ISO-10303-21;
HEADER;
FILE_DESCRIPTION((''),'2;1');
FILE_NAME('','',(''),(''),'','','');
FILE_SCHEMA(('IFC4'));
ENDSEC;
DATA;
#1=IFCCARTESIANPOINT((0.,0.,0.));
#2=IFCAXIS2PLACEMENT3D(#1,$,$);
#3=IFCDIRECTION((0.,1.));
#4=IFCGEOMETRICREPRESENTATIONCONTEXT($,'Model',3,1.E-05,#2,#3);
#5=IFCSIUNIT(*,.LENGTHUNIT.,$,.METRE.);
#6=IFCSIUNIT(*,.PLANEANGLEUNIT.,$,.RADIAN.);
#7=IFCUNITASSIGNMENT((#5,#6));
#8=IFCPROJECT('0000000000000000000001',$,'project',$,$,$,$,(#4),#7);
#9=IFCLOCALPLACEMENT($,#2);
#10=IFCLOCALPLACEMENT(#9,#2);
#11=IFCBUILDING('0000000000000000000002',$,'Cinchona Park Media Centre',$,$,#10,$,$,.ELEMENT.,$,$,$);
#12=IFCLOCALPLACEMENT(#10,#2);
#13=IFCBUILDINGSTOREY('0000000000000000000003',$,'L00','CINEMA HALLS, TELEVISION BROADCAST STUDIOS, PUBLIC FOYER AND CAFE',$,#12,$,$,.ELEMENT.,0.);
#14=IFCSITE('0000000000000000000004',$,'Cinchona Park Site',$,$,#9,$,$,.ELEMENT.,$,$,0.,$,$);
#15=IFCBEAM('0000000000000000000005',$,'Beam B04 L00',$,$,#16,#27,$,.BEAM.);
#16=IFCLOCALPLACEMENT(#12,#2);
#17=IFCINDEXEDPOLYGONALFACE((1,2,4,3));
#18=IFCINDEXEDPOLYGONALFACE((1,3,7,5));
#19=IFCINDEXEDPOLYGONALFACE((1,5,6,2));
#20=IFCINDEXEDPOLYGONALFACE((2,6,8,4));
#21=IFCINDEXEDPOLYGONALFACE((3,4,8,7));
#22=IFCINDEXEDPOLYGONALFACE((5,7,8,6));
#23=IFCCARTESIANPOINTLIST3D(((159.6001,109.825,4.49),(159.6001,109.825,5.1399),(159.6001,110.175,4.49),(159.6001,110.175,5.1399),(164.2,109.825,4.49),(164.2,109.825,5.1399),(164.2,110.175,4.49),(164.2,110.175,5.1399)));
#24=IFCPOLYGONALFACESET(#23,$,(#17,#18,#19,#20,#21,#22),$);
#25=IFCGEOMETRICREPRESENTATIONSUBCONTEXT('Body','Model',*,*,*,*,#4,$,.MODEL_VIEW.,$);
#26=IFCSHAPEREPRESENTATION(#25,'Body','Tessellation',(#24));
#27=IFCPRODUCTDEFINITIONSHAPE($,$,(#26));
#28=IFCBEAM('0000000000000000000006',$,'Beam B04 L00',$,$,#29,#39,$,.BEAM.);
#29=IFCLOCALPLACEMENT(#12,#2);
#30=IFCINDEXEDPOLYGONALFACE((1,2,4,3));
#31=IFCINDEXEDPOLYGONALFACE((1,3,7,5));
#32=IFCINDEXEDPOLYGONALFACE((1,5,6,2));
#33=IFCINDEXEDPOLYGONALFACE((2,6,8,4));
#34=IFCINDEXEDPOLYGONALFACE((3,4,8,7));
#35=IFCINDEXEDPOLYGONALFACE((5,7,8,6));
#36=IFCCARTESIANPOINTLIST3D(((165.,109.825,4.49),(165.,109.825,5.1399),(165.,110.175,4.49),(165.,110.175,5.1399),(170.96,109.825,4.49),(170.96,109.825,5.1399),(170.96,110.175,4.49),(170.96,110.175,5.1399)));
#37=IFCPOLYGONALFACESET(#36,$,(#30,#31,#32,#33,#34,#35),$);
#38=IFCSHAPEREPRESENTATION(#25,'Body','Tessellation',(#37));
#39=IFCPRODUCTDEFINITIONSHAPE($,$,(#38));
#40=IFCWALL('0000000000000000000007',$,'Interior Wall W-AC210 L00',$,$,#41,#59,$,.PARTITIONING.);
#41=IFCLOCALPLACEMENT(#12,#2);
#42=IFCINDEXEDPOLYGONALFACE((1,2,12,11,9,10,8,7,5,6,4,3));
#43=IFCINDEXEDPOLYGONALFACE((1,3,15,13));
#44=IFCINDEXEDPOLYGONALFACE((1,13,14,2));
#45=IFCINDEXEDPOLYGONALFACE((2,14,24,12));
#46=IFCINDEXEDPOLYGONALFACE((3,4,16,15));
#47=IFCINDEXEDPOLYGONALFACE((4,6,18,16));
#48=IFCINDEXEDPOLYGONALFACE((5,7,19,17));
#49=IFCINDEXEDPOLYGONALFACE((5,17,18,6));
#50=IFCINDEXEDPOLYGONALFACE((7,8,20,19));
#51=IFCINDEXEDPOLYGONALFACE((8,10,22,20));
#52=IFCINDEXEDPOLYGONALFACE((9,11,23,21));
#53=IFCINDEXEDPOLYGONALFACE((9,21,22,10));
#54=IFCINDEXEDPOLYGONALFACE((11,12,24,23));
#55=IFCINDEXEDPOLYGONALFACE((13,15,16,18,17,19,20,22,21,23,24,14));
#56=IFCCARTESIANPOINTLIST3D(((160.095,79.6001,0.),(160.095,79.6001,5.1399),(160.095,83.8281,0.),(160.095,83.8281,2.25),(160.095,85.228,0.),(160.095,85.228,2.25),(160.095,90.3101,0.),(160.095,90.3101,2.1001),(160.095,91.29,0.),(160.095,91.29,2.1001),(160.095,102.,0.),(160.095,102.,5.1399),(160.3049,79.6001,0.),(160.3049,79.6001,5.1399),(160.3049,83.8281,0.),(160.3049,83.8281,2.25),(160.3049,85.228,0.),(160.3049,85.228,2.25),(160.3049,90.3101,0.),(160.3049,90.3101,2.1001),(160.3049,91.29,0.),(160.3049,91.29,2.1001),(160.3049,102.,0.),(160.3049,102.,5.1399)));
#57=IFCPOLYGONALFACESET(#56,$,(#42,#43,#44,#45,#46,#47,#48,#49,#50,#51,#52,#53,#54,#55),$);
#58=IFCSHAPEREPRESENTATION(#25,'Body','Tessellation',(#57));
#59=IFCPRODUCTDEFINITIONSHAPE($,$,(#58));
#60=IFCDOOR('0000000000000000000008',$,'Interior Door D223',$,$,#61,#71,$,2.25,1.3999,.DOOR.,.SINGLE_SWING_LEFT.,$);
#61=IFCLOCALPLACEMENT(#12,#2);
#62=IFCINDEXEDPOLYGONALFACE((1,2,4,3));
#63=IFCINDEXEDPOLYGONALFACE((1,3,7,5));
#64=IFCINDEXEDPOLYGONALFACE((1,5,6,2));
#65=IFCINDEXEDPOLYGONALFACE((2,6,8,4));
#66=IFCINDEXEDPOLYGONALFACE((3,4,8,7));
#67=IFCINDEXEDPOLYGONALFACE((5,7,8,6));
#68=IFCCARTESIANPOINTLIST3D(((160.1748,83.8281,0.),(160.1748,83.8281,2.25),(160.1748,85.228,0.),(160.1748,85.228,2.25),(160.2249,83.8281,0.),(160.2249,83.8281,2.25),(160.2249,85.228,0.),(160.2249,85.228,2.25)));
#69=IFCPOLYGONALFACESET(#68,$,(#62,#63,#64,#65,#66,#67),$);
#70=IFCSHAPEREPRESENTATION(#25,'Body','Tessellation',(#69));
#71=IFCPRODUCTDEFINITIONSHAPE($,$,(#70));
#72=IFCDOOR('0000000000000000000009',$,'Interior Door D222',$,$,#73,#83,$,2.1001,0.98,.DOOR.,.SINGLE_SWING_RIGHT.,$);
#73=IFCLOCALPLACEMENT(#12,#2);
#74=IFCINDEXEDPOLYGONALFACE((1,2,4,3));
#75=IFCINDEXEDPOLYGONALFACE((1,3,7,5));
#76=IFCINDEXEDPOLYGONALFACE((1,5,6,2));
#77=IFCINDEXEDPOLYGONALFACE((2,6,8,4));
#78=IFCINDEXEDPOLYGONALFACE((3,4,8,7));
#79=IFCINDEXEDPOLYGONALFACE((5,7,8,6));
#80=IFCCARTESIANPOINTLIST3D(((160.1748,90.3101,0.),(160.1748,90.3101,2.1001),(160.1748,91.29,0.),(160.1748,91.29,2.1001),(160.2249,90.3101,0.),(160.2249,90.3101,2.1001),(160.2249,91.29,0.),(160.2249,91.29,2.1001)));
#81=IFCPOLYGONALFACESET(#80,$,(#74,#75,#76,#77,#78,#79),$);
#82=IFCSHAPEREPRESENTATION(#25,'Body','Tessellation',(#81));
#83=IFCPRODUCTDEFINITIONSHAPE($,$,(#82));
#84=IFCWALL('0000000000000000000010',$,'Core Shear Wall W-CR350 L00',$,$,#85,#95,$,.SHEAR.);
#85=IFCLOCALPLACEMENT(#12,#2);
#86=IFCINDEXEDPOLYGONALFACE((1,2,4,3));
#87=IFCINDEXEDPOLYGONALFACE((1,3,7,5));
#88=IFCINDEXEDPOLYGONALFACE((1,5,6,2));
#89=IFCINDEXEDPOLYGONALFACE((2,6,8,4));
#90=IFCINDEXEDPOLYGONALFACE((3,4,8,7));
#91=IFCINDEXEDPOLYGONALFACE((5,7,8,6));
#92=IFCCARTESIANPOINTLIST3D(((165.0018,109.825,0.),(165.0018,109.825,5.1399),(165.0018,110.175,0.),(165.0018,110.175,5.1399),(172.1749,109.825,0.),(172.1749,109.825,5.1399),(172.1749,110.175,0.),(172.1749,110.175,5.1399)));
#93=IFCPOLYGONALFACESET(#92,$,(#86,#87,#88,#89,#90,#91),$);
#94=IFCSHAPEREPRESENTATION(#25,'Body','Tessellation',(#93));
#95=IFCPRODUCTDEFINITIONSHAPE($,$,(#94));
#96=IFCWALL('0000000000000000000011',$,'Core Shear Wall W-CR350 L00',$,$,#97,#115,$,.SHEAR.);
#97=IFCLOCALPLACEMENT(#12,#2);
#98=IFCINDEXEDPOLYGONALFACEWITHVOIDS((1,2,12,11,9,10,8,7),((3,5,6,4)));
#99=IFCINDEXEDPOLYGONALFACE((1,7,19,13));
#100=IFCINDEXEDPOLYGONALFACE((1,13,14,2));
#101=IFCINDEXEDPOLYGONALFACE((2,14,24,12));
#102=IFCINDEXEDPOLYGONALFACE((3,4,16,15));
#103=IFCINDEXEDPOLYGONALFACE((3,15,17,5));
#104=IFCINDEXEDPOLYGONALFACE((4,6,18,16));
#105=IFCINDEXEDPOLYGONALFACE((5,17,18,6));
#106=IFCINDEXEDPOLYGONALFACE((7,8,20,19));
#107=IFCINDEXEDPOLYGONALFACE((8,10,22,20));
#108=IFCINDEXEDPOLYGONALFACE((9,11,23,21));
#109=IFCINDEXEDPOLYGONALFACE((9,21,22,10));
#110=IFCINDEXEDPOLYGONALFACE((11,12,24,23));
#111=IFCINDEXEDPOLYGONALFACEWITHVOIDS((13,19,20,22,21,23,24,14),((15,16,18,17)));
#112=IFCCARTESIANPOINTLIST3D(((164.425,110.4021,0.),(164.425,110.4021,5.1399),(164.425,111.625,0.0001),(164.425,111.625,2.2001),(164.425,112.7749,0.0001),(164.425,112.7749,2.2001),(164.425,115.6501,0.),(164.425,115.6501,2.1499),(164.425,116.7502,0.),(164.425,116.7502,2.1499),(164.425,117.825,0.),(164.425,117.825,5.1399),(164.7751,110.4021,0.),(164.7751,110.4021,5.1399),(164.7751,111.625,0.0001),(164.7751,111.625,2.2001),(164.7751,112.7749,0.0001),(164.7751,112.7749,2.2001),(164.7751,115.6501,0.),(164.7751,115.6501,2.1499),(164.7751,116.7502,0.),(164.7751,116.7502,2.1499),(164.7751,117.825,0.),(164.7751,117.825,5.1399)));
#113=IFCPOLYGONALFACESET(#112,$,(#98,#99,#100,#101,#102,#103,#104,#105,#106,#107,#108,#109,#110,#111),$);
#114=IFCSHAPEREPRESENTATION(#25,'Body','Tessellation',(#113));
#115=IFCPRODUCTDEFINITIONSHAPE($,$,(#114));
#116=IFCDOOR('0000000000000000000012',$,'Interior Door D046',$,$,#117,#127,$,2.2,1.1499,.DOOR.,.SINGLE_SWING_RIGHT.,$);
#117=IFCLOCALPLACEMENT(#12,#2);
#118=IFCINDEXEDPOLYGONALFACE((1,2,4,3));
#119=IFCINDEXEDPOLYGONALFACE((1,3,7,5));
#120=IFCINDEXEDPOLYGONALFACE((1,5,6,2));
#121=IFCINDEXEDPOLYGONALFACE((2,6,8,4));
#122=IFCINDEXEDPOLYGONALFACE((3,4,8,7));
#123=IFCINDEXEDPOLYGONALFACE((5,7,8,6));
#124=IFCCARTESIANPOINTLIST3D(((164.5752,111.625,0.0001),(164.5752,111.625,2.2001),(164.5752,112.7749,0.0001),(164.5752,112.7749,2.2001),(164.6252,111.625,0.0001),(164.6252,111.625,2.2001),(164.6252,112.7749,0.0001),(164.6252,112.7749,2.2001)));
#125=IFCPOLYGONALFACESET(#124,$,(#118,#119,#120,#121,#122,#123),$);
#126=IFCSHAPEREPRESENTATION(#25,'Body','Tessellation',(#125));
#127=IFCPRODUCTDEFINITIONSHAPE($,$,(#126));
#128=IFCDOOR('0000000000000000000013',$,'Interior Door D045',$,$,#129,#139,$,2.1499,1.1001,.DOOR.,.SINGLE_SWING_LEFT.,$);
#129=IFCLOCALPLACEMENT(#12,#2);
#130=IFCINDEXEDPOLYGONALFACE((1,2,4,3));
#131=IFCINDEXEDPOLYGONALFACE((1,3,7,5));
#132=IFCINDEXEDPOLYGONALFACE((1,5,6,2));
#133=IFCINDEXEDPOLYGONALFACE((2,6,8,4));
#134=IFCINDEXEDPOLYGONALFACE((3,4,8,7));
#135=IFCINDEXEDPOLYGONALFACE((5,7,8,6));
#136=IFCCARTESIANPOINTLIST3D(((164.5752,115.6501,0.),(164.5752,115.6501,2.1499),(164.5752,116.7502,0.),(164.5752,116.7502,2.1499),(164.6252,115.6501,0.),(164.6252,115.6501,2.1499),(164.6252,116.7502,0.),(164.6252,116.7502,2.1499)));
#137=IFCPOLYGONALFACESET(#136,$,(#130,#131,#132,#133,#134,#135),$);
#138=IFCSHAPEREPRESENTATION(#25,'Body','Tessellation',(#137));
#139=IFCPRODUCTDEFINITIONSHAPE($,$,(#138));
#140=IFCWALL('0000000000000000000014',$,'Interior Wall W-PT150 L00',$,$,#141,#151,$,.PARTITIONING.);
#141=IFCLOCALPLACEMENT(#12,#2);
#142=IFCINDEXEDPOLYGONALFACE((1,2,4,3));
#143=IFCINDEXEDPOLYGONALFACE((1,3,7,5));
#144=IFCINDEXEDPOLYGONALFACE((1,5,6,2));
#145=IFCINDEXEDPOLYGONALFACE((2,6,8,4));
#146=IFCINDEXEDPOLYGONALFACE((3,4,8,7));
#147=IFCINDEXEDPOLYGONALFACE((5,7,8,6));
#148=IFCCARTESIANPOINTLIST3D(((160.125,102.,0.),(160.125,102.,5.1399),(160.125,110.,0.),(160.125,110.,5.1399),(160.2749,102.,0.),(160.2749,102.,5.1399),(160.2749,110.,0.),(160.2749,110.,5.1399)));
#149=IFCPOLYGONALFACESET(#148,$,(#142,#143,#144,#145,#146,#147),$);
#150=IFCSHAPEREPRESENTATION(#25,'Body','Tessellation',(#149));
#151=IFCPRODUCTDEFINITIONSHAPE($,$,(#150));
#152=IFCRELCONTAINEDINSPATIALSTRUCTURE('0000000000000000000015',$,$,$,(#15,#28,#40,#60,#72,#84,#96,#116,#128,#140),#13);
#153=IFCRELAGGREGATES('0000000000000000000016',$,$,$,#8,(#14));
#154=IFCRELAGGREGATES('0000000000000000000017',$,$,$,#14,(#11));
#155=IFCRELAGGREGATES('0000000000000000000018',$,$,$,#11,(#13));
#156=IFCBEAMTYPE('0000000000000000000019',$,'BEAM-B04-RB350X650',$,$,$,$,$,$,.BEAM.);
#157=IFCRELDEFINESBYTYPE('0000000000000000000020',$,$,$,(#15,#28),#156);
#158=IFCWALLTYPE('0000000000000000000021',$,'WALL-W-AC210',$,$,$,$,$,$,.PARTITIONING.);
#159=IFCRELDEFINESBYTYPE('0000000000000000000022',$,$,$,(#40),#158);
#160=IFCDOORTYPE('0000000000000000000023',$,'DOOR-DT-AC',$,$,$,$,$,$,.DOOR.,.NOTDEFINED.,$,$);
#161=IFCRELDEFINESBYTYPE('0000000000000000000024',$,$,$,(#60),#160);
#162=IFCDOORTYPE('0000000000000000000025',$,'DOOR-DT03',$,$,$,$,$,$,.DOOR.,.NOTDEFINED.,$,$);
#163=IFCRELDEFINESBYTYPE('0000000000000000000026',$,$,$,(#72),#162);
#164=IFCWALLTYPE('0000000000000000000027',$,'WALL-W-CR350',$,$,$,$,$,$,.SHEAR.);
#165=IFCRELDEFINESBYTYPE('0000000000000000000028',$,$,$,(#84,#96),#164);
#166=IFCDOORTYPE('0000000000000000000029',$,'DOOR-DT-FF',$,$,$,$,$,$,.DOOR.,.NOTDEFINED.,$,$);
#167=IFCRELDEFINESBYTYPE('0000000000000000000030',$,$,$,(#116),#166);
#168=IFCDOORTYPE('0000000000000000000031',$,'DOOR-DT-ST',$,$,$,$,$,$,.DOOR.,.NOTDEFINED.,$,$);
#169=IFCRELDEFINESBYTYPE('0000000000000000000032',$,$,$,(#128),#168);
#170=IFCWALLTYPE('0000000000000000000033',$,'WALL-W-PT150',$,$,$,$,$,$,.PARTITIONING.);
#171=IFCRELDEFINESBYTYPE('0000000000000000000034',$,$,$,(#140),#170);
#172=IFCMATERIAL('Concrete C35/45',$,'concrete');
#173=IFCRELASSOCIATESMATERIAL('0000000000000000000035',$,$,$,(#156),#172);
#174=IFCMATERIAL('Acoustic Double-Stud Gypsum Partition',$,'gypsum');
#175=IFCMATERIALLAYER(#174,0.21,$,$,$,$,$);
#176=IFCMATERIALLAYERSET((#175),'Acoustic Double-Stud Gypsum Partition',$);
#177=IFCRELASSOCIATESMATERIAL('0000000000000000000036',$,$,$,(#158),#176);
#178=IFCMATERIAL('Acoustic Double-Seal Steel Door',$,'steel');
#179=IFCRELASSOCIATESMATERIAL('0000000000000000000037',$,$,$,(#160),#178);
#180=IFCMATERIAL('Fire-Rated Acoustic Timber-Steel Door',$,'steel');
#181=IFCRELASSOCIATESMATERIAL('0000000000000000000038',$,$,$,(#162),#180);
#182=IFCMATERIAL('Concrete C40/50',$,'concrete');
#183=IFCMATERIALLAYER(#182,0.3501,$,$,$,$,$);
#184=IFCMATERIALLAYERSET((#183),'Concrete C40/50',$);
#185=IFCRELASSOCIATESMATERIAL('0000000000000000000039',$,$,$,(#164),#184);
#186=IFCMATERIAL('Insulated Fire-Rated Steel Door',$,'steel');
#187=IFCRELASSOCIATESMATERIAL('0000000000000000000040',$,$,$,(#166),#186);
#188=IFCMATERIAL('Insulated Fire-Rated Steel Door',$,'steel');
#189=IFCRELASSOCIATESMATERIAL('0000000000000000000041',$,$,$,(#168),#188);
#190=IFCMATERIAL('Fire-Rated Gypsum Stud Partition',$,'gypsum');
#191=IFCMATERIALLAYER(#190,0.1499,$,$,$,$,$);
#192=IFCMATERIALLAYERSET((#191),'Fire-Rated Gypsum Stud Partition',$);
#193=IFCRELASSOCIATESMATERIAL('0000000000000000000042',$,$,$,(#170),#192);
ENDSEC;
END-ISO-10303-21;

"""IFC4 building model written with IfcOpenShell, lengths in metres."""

from ifc_helpers import new_model, si_unit, direction, frame, frame_2d, origin, origin_2d, place, context, subcontext, project, spatial, rectangle, extrude, material, layer, layer_set, material_profile, profile_set, type_object, element, fill, save


model = new_model("IFC4")

# Units and contexts
model_context = context("Model", 3, precision=1e-05, world=origin(), true_north=direction((0.0, 1.0)))
body_context = subcontext(model_context, "Body", "Model", "MODEL_VIEW")
ifc_project = project(units=[si_unit("LENGTHUNIT", "METRE"), si_unit("PLANEANGLEUNIT", "RADIAN")], contexts=[model_context])

# Site, building, storey
site_placement = place(None, origin())
site = spatial("IfcSite", under=ifc_project, at=site_placement, Name="Cinchona Park Site", CompositionType="ELEMENT", RefElevation=0.0)
building_placement = place(site_placement, origin())
building = spatial("IfcBuilding", under=site, at=building_placement, Name="Cinchona Park Media Centre", CompositionType="ELEMENT")
storey_placement = place(building_placement, origin())
storey = spatial("IfcBuildingStorey", under=building, at=storey_placement, Name="L00", Description="CINEMA HALLS, TELEVISION BROADCAST STUDIOS, PUBLIC FOYER AND CAFE", CompositionType="ELEMENT", Elevation=0.0)

# Beams
ifc_material_1 = material(Name="Concrete C35/45", Category="concrete")
ifc_material_profile_1 = material_profile(ifc_material_1, rectangle(XDim=0.3501, YDim=0.6499, at=origin_2d()), Name="RB 350X650")
ifc_profile_set_1 = profile_set([ifc_material_profile_1], Name="Concrete C35/45")
beam_type_1 = type_object("IfcBeamType", Name="BEAM-B04-RB350X650", PredefinedType="BEAM", material=ifc_profile_set_1)
beam_1_placement = place(storey_placement, frame((159.6001, 110.0, 4.8149), z_axis=(1.0, 0.0, 0.0), x_axis=(0.0, 1.0, 0.0)))
element("IfcBeam", 1, at=beam_1_placement, inside=storey, type_object=beam_type_1, Name="Beam B04 L00", PredefinedType="BEAM", context=body_context, shape_type="SweptSolid", body=[
    extrude(rectangle(XDim=0.3501, YDim=0.6499, at=origin_2d()), origin(), (0.0, 0.0, 1.0), 4.5999),
])
beam_2_placement = place(storey_placement, frame((165.0, 110.0, 4.8149), z_axis=(1.0, 0.0, 0.0), x_axis=(0.0, 1.0, 0.0)))
element("IfcBeam", 2, at=beam_2_placement, inside=storey, type_object=beam_type_1, Name="Beam B04 L00", PredefinedType="BEAM", context=body_context, shape_type="SweptSolid", body=[
    extrude(rectangle(XDim=0.3501, YDim=0.6499, at=origin_2d()), origin(), (0.0, 0.0, 1.0), 5.96),
])

# Wall, openings, doors
ifc_material_2 = material(Name="Acoustic Double-Stud Gypsum Partition", Category="gypsum")
ifc_layer_1 = layer(ifc_material_2, 0.21)
ifc_layer_set_1 = layer_set([ifc_layer_1], Name="Acoustic Double-Stud Gypsum Partition")
wall_type_1 = type_object("IfcWallType", Name="WALL-W-AC210", PredefinedType="PARTITIONING", material=ifc_layer_set_1)
wall_1_placement = place(storey_placement, frame((160.2, 102.0, 0.0), z_axis=(0.0, 0.0, 1.0), x_axis=(0.0, -1.0, 0.0)))
wall_1 = element("IfcWall", 3, at=wall_1_placement, inside=storey, type_object=wall_type_1, Name="Interior Wall W-AC210 L00", PredefinedType="PARTITIONING", context=body_context, shape_type="SweptSolid", body=[
    extrude(rectangle(XDim=22.3999, YDim=0.21, at=frame_2d((11.2, 0.0))), origin(), (0.0, 0.0, 1.0), 5.1399),
])
opening_1_placement = place(wall_1_placement, frame((10.71, 0.0, 0.0)))
opening_1 = element("IfcOpeningElement", 4, at=opening_1_placement, cuts=wall_1, PredefinedType="OPENING", context=body_context, shape_type="SweptSolid", body=[
    extrude(rectangle(XDim=0.98, YDim=2.1001, at=frame_2d((0.49, 1.05))), frame((0.0, 0.115, 0.0), z_axis=(0.0, -1.0, 0.0), x_axis=(1.0, 0.0, 0.0)), (0.0, 0.0, 1.0), 0.23),
])
opening_2_placement = place(wall_1_placement, frame((16.772, 0.0, 0.0)))
opening_2 = element("IfcOpeningElement", 5, at=opening_2_placement, cuts=wall_1, PredefinedType="OPENING", context=body_context, shape_type="SweptSolid", body=[
    extrude(rectangle(XDim=1.3999, YDim=2.25, at=frame_2d((0.7, 1.125))), frame((0.0, 0.115, 0.0), z_axis=(0.0, -1.0, 0.0), x_axis=(1.0, 0.0, 0.0)), (0.0, 0.0, 1.0), 0.23),
])
ifc_material_3 = material(Name="Acoustic Double-Seal Steel Door", Category="steel")
door_type_1 = type_object("IfcDoorType", Name="DOOR-DT-AC", OperationType="NOTDEFINED", PredefinedType="DOOR", material=ifc_material_3)
door_1_placement = place(opening_2_placement, origin())
door_1 = element("IfcDoor", 6, at=door_1_placement, inside=storey, type_object=door_type_1, Name="Interior Door D223", OperationType="SINGLE_SWING_LEFT", OverallHeight=2.25, OverallWidth=1.3999, PredefinedType="DOOR", context=body_context, shape_type="SweptSolid", body=[
    extrude(rectangle(XDim=1.3999, YDim=2.25, at=frame_2d((0.7, 1.125))), frame((0.0, 0.0249, 0.0), z_axis=(0.0, -1.0, 0.0), x_axis=(1.0, 0.0, 0.0)), (0.0, 0.0, 1.0), 0.05),
])
fill(opening_2, door_1)
ifc_material_4 = material(Name="Fire-Rated Acoustic Timber-Steel Door", Category="steel")
door_type_2 = type_object("IfcDoorType", Name="DOOR-DT03", OperationType="NOTDEFINED", PredefinedType="DOOR", material=ifc_material_4)
door_2_placement = place(opening_1_placement, origin())
door_2 = element("IfcDoor", 7, at=door_2_placement, inside=storey, type_object=door_type_2, Name="Interior Door D222", OperationType="SINGLE_SWING_RIGHT", OverallHeight=2.1001, OverallWidth=0.98, PredefinedType="DOOR", context=body_context, shape_type="SweptSolid", body=[
    extrude(rectangle(XDim=0.98, YDim=2.1001, at=frame_2d((0.49, 1.05))), frame((0.0, 0.0249, 0.0), z_axis=(0.0, -1.0, 0.0), x_axis=(1.0, 0.0, 0.0)), (0.0, 0.0, 1.0), 0.05),
])
fill(opening_1, door_2)

# Wall
ifc_material_5 = material(Name="Concrete C40/50", Category="concrete")
ifc_layer_2 = layer(ifc_material_5, 0.3501)
ifc_layer_set_2 = layer_set([ifc_layer_2], Name="Concrete C40/50")
wall_type_2 = type_object("IfcWallType", Name="WALL-W-CR350", PredefinedType="SHEAR", material=ifc_layer_set_2)
wall_2_placement = place(storey_placement, frame((165.002, 110.0, 0.0), z_axis=(0.0, 0.0, 1.0), x_axis=(1.0, 0.0, 0.0)))
element("IfcWall", 8, at=wall_2_placement, inside=storey, type_object=wall_type_2, Name="Core Shear Wall W-CR350 L00", PredefinedType="SHEAR", context=body_context, shape_type="SweptSolid", body=[
    extrude(rectangle(XDim=7.1731, YDim=0.3501, at=frame_2d((3.5864, 0.0))), origin(), (0.0, 0.0, 1.0), 5.1399),
])

# Wall, openings, doors
wall_3_placement = place(storey_placement, frame((164.6001, 110.4021, 0.0), z_axis=(0.0, 0.0, 1.0), x_axis=(0.0, 1.0, 0.0)))
wall_3 = element("IfcWall", 9, at=wall_3_placement, inside=storey, type_object=wall_type_2, Name="Core Shear Wall W-CR350 L00", PredefinedType="SHEAR", context=body_context, shape_type="SweptSolid", body=[
    extrude(rectangle(XDim=7.4229, YDim=0.3501, at=frame_2d((3.7114, 0.0))), origin(), (0.0, 0.0, 1.0), 5.1399),
])
opening_3_placement = place(wall_3_placement, frame((5.248, 0.0, 0.0)))
opening_3 = element("IfcOpeningElement", 10, at=opening_3_placement, cuts=wall_3, PredefinedType="OPENING", context=body_context, shape_type="SweptSolid", body=[
    extrude(rectangle(XDim=1.1001, YDim=2.1499, at=frame_2d((0.55, 1.075))), frame((0.0, 0.1851, 0.0), z_axis=(0.0, -1.0, 0.0), x_axis=(1.0, 0.0, 0.0)), (0.0, 0.0, 1.0), 0.3701),
])
opening_4_placement = place(wall_3_placement, frame((1.2229, 0.0, 0.0)))
opening_4 = element("IfcOpeningElement", 11, at=opening_4_placement, cuts=wall_3, PredefinedType="OPENING", context=body_context, shape_type="SweptSolid", body=[
    extrude(rectangle(XDim=1.1499, YDim=2.2, at=frame_2d((0.575, 1.1001))), frame((0.0, 0.1851, 0.0), z_axis=(0.0, -1.0, 0.0), x_axis=(1.0, 0.0, 0.0)), (0.0, 0.0, 1.0), 0.3701),
])
ifc_material_6 = material(Name="Insulated Fire-Rated Steel Door", Category="steel")
door_type_3 = type_object("IfcDoorType", Name="DOOR-DT-FF", OperationType="NOTDEFINED", PredefinedType="DOOR", material=ifc_material_6)
door_3_placement = place(opening_4_placement, origin())
door_3 = element("IfcDoor", 12, at=door_3_placement, inside=storey, type_object=door_type_3, Name="Interior Door D046", OperationType="SINGLE_SWING_RIGHT", OverallHeight=2.2, OverallWidth=1.1499, PredefinedType="DOOR", context=body_context, shape_type="SweptSolid", body=[
    extrude(rectangle(XDim=1.1499, YDim=2.2, at=frame_2d((0.575, 1.1001))), frame((0.0, 0.0249, 0.0), z_axis=(0.0, -1.0, 0.0), x_axis=(1.0, 0.0, 0.0)), (0.0, 0.0, 1.0), 0.05),
])
fill(opening_4, door_3)
ifc_material_7 = material(Name="Insulated Fire-Rated Steel Door", Category="steel")
door_type_4 = type_object("IfcDoorType", Name="DOOR-DT-ST", OperationType="NOTDEFINED", PredefinedType="DOOR", material=ifc_material_7)
door_4_placement = place(opening_3_placement, origin())
door_4 = element("IfcDoor", 13, at=door_4_placement, inside=storey, type_object=door_type_4, Name="Interior Door D045", OperationType="SINGLE_SWING_LEFT", OverallHeight=2.1499, OverallWidth=1.1001, PredefinedType="DOOR", context=body_context, shape_type="SweptSolid", body=[
    extrude(rectangle(XDim=1.1001, YDim=2.1499, at=frame_2d((0.55, 1.075))), frame((0.0, 0.0249, 0.0), z_axis=(0.0, -1.0, 0.0), x_axis=(1.0, 0.0, 0.0)), (0.0, 0.0, 1.0), 0.05),
])
fill(opening_3, door_4)

# Wall
ifc_material_8 = material(Name="Fire-Rated Gypsum Stud Partition", Category="gypsum")
ifc_layer_3 = layer(ifc_material_8, 0.1499)
ifc_layer_set_3 = layer_set([ifc_layer_3], Name="Fire-Rated Gypsum Stud Partition")
wall_type_3 = type_object("IfcWallType", Name="WALL-W-PT150", PredefinedType="PARTITIONING", material=ifc_layer_set_3)
wall_4_placement = place(storey_placement, frame((160.2, 110.0, 0.0), z_axis=(0.0, 0.0, 1.0), x_axis=(0.0, -1.0, 0.0)))
element("IfcWall", 14, at=wall_4_placement, inside=storey, type_object=wall_type_3, Name="Interior Wall W-PT150 L00", PredefinedType="PARTITIONING", context=body_context, shape_type="SweptSolid", body=[
    extrude(rectangle(XDim=8.0, YDim=0.1499, at=frame_2d((4.0, 0.0))), origin(), (0.0, 0.0, 1.0), 5.1399),
])

save(model, "model.ifc")
